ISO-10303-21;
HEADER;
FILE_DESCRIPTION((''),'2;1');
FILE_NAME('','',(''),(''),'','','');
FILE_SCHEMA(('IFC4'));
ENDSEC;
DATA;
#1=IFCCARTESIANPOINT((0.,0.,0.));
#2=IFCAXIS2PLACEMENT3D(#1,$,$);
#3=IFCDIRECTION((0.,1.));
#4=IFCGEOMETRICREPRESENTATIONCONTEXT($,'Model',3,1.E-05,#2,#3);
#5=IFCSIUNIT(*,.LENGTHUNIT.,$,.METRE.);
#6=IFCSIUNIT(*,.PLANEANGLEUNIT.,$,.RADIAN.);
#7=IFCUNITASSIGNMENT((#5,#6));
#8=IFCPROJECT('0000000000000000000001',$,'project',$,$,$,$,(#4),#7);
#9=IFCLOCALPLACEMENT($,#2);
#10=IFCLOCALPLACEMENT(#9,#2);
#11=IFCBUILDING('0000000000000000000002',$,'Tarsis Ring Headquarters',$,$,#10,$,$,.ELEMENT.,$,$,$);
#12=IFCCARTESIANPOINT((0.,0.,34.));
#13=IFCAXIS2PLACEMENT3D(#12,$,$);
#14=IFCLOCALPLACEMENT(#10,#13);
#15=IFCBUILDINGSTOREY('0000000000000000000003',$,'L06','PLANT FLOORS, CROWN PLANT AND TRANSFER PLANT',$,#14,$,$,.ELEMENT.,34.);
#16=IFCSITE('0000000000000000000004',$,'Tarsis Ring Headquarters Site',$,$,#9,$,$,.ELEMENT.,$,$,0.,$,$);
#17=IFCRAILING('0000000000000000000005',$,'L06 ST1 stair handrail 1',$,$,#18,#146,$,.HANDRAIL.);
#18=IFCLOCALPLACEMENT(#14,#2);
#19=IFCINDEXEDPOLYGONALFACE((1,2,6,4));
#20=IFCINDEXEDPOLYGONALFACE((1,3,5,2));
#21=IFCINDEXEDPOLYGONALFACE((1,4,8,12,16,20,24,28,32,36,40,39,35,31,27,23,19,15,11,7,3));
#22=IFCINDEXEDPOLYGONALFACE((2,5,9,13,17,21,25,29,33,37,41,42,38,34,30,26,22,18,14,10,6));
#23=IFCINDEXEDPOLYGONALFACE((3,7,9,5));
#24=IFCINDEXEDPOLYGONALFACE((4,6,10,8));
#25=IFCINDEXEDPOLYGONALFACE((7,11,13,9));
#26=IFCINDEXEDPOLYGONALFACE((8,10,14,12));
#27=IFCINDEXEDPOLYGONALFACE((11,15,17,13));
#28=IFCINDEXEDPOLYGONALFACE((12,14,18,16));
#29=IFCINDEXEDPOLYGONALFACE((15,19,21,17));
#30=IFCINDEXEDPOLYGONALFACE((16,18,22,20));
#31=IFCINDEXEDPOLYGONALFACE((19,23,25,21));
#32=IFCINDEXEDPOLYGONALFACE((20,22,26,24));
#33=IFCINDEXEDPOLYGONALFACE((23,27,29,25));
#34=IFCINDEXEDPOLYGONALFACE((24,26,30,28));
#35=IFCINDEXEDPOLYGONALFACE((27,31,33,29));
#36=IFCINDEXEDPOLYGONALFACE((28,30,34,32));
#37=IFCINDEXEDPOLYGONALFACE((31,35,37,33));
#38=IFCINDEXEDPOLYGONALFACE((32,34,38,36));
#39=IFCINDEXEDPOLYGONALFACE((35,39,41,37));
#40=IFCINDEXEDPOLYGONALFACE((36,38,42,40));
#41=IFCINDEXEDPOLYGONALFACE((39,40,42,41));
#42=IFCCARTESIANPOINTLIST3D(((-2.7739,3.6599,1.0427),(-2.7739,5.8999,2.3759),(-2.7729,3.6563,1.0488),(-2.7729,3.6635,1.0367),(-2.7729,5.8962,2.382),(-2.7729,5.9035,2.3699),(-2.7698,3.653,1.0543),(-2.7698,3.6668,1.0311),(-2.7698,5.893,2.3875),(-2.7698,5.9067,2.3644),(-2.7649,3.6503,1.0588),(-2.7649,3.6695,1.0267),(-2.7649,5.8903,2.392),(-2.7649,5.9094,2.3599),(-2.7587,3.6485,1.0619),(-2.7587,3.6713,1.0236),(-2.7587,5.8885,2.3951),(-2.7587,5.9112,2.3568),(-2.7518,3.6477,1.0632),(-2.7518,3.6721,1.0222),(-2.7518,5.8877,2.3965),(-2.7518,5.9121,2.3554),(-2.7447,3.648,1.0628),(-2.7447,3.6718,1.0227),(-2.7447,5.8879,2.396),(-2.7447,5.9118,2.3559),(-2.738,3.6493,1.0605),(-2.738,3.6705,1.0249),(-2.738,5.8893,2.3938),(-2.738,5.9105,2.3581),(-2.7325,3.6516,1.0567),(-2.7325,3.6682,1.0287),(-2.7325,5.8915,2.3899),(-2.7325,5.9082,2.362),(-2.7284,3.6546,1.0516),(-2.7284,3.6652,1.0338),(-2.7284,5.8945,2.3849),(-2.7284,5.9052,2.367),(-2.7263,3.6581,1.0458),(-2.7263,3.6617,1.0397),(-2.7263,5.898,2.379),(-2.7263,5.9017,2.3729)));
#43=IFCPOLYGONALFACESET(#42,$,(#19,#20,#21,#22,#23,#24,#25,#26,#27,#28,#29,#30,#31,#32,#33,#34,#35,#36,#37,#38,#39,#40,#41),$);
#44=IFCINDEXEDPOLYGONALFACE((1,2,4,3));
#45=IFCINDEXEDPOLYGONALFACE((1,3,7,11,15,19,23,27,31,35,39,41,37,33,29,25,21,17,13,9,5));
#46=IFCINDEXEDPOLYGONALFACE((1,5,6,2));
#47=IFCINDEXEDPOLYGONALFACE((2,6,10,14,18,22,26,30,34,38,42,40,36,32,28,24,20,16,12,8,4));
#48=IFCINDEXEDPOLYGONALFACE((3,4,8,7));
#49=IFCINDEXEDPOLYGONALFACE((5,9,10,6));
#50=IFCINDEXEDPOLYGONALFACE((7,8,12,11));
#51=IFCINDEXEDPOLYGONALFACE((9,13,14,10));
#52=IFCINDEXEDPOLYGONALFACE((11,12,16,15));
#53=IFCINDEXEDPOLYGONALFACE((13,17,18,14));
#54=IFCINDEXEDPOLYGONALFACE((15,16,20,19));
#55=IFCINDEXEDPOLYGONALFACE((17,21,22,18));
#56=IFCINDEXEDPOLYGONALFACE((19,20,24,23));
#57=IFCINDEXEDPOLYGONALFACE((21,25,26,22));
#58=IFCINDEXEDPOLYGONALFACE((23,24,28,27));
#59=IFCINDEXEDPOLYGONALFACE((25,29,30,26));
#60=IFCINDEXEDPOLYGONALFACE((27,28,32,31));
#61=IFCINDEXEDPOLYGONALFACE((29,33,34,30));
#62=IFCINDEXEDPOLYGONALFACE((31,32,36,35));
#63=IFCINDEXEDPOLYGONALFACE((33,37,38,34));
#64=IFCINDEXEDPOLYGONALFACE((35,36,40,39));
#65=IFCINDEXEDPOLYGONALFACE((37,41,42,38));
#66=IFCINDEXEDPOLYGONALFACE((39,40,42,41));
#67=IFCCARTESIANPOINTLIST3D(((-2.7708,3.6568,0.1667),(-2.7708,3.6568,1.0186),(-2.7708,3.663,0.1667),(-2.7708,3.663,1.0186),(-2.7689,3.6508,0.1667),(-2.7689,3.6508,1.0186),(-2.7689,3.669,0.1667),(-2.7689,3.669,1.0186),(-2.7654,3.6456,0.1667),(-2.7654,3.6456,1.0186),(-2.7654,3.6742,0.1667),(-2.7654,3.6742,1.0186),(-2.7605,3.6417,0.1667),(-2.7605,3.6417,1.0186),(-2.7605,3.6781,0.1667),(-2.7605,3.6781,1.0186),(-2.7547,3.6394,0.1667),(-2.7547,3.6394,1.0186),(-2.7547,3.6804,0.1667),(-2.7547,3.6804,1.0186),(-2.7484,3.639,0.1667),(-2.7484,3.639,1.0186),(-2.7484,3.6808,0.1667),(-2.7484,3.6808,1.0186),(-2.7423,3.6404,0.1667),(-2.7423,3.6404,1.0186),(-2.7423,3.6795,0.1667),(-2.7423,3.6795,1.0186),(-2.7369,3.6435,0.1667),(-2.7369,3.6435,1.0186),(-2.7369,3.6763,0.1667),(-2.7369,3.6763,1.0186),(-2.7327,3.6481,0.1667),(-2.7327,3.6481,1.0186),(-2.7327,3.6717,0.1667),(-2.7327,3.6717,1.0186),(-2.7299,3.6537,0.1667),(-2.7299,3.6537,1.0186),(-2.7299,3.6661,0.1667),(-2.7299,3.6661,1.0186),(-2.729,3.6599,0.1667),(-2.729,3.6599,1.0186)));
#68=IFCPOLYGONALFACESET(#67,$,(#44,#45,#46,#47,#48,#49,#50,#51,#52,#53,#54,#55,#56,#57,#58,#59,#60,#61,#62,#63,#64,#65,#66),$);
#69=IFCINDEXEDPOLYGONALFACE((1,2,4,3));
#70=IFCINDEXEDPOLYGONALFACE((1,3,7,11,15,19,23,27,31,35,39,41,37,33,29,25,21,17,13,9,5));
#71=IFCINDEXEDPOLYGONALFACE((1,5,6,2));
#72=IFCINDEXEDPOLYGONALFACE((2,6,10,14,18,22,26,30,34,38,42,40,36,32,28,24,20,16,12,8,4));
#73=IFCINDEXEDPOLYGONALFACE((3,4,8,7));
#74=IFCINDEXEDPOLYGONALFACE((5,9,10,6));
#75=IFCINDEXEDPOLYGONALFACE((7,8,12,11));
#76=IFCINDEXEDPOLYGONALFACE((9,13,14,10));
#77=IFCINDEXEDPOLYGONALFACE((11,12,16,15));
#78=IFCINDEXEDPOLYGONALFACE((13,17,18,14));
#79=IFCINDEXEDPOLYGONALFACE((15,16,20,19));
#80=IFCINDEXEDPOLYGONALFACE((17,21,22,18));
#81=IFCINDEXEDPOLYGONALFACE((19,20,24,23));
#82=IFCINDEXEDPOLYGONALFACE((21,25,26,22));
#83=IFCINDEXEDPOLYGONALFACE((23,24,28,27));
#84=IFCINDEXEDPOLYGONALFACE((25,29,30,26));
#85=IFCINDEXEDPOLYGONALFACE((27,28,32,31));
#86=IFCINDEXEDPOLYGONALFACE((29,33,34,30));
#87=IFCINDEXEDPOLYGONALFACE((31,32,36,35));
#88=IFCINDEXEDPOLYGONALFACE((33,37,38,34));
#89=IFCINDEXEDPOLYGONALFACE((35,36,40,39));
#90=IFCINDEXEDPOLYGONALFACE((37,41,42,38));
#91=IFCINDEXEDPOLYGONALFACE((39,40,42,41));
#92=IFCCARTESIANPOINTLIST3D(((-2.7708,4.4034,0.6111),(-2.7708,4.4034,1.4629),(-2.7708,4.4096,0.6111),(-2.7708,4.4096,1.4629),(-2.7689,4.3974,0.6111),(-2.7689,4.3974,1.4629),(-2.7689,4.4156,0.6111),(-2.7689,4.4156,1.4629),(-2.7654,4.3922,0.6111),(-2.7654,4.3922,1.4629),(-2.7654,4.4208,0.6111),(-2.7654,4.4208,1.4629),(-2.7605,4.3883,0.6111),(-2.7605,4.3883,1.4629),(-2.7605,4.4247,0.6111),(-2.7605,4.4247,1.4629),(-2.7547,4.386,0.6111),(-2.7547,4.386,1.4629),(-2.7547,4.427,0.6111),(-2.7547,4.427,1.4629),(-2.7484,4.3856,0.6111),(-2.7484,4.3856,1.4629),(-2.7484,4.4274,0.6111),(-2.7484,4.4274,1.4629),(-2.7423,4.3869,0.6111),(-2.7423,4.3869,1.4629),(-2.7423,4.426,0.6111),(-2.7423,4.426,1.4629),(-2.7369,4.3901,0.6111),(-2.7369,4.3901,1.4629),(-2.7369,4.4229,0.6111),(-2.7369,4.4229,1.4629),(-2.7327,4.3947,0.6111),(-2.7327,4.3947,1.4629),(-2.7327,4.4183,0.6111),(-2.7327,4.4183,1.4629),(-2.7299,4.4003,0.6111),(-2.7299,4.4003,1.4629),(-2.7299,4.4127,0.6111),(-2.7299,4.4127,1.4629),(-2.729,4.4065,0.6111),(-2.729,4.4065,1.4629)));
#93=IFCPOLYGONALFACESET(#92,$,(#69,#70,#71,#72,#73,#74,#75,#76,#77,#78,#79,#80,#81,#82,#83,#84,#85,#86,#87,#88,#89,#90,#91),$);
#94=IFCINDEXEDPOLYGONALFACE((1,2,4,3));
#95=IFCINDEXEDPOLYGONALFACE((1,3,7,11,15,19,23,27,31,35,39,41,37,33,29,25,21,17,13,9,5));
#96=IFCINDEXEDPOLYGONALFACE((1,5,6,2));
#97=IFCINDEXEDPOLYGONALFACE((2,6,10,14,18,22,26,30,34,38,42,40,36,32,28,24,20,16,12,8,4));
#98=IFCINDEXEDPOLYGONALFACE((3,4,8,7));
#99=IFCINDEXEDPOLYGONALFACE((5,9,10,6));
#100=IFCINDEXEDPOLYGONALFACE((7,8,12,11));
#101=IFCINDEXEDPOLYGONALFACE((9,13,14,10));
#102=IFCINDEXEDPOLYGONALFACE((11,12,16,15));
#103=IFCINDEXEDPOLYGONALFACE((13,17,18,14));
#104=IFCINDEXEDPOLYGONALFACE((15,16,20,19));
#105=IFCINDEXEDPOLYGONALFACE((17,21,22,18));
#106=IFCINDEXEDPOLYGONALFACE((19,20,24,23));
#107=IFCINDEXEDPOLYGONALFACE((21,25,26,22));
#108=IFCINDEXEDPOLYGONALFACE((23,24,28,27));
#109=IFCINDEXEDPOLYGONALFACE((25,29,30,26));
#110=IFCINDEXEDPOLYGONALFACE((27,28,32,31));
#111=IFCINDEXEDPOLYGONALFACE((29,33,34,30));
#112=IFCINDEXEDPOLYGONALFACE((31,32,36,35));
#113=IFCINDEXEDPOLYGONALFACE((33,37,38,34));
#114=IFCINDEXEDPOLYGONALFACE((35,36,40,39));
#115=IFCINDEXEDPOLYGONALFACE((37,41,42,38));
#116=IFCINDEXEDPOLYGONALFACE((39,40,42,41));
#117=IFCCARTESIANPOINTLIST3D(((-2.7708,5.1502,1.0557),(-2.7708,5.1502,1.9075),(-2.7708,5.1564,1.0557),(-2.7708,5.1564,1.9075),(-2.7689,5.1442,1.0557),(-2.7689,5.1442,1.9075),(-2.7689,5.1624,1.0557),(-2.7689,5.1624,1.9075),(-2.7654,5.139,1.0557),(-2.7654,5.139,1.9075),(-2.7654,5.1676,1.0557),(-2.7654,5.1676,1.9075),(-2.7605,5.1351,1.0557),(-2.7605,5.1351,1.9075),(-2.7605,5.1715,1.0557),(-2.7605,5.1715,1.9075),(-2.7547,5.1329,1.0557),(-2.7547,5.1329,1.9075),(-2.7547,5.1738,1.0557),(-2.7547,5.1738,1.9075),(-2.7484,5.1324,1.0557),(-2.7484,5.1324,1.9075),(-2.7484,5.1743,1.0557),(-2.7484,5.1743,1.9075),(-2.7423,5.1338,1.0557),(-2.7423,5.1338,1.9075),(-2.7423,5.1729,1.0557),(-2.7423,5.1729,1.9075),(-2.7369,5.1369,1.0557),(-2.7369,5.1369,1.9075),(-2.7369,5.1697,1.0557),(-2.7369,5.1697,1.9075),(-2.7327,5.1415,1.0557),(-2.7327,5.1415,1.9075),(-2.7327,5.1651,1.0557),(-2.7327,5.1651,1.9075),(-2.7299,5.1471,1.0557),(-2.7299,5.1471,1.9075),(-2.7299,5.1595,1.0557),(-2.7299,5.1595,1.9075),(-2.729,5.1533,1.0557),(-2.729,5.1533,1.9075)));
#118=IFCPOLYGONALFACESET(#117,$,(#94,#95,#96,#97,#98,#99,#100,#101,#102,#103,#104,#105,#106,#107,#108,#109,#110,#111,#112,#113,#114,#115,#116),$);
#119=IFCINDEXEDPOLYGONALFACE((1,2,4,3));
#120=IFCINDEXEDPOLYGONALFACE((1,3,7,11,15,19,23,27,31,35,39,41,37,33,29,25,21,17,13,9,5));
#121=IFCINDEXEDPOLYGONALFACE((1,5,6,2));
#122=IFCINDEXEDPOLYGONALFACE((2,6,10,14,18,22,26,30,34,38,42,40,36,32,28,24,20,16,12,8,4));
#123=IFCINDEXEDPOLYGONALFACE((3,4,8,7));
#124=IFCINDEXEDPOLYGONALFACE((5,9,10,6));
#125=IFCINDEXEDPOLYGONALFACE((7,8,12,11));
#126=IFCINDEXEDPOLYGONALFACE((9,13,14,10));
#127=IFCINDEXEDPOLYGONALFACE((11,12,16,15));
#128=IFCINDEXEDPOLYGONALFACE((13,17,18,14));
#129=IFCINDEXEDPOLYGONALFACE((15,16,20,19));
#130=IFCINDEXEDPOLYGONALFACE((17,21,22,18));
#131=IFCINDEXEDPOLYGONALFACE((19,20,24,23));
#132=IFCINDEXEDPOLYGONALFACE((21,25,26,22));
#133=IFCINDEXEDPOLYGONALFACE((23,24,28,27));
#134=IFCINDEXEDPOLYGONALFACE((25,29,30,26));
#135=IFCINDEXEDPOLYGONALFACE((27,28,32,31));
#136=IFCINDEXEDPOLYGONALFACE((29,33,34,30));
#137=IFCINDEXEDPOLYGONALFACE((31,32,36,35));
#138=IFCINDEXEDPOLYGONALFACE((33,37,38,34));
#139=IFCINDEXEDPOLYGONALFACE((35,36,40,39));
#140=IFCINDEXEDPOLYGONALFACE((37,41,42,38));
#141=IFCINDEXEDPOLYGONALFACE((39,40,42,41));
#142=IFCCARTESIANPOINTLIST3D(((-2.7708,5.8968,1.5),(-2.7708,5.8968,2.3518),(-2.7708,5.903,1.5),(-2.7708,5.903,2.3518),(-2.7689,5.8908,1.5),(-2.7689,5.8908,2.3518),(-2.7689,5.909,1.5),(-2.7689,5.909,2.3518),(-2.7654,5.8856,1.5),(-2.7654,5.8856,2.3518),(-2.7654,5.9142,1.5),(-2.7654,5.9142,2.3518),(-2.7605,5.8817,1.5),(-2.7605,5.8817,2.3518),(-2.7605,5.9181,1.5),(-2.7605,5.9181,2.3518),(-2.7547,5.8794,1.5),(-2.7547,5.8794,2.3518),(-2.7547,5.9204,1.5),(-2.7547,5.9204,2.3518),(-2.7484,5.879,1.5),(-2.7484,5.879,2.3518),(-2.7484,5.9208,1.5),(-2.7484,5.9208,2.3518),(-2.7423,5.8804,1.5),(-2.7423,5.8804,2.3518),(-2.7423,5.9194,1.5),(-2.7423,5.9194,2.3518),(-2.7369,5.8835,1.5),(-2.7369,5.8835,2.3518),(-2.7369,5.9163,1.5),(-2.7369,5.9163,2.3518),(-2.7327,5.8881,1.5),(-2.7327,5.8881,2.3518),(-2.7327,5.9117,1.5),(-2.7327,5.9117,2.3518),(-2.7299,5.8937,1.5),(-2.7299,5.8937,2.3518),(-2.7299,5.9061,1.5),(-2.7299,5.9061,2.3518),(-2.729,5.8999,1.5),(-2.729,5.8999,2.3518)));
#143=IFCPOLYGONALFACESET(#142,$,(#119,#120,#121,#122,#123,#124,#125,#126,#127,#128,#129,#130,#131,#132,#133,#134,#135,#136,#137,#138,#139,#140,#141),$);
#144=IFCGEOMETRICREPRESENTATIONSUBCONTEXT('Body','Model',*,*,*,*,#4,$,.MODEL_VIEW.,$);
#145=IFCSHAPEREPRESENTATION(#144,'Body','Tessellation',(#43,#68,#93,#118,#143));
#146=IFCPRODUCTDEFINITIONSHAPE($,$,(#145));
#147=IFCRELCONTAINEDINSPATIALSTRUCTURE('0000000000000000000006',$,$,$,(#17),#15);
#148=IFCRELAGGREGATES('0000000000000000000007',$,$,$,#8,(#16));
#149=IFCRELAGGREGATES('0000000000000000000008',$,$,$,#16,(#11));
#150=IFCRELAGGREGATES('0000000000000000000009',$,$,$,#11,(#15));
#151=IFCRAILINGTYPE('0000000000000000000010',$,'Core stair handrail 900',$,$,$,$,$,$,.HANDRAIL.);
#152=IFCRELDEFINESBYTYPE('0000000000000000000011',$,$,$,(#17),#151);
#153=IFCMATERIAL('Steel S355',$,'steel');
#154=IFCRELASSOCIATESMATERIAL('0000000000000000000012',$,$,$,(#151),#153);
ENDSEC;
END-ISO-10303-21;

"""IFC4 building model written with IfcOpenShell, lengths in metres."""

from ifc_helpers import new_model, si_unit, direction, frame, origin, origin_2d, place, context, subcontext, project, spatial, circle, extrude, material, type_object, element, save


model = new_model("IFC4")

# Units and contexts
model_context = context("Model", 3, precision=1e-05, world=origin(), true_north=direction((0.0, 1.0)))
body_context = subcontext(model_context, "Body", "Model", "MODEL_VIEW")
ifc_project = project(units=[si_unit("LENGTHUNIT", "METRE"), si_unit("PLANEANGLEUNIT", "RADIAN")], contexts=[model_context])

# Site, building, storey
site_placement = place(None, origin())
site = spatial("IfcSite", under=ifc_project, at=site_placement, Name="Tarsis Ring Headquarters Site", CompositionType="ELEMENT", RefElevation=0.0)
building_placement = place(site_placement, origin())
building = spatial("IfcBuilding", under=site, at=building_placement, Name="Tarsis Ring Headquarters", CompositionType="ELEMENT")
storey_placement = place(building_placement, frame((0.0, 0.0, 34.0)))
storey = spatial("IfcBuildingStorey", under=building, at=storey_placement, Name="L06", Description="PLANT FLOORS, CROWN PLANT AND TRANSFER PLANT", CompositionType="ELEMENT", Elevation=34.0)

# Shared definitions
ifc_material_1 = material(Name="Steel S355", Category="steel")

# Railing
railing_type_1 = type_object("IfcRailingType", Name="Core stair handrail 900", PredefinedType="HANDRAIL", material=ifc_material_1)
railing_1_placement = place(storey_placement, frame((-2.75, 3.6599, 0.1667)))
element("IfcRailing", 1, at=railing_1_placement, inside=storey, type_object=railing_type_1, Name="L06 ST1 stair handrail 1", PredefinedType="HANDRAIL", context=body_context, shape_type="SweptSolid", body=[
    extrude(circle(Radius=0.0239, at=origin_2d()), frame((0.0, 0.0, 0.876), z_axis=(0.0, 0.859306, 0.511462), x_axis=(-1.0, 0.0, 0.0)), (0.0, 0.0, 1.0), 2.6067),
    extrude(circle(Radius=0.021, at=origin_2d()), origin(), (0.0, 0.0, 1.0), 0.8518),
    extrude(circle(Radius=0.021, at=origin_2d()), frame((0.0, 0.7466, 0.4443)), (0.0, 0.0, 1.0), 0.8518),
    extrude(circle(Radius=0.021, at=origin_2d()), frame((0.0, 1.4934, 0.8889)), (0.0, 0.0, 1.0), 0.8518),
    extrude(circle(Radius=0.021, at=origin_2d()), frame((0.0, 2.24, 1.3333)), (0.0, 0.0, 1.0), 0.8518),
])

save(model, "model.ifc")
